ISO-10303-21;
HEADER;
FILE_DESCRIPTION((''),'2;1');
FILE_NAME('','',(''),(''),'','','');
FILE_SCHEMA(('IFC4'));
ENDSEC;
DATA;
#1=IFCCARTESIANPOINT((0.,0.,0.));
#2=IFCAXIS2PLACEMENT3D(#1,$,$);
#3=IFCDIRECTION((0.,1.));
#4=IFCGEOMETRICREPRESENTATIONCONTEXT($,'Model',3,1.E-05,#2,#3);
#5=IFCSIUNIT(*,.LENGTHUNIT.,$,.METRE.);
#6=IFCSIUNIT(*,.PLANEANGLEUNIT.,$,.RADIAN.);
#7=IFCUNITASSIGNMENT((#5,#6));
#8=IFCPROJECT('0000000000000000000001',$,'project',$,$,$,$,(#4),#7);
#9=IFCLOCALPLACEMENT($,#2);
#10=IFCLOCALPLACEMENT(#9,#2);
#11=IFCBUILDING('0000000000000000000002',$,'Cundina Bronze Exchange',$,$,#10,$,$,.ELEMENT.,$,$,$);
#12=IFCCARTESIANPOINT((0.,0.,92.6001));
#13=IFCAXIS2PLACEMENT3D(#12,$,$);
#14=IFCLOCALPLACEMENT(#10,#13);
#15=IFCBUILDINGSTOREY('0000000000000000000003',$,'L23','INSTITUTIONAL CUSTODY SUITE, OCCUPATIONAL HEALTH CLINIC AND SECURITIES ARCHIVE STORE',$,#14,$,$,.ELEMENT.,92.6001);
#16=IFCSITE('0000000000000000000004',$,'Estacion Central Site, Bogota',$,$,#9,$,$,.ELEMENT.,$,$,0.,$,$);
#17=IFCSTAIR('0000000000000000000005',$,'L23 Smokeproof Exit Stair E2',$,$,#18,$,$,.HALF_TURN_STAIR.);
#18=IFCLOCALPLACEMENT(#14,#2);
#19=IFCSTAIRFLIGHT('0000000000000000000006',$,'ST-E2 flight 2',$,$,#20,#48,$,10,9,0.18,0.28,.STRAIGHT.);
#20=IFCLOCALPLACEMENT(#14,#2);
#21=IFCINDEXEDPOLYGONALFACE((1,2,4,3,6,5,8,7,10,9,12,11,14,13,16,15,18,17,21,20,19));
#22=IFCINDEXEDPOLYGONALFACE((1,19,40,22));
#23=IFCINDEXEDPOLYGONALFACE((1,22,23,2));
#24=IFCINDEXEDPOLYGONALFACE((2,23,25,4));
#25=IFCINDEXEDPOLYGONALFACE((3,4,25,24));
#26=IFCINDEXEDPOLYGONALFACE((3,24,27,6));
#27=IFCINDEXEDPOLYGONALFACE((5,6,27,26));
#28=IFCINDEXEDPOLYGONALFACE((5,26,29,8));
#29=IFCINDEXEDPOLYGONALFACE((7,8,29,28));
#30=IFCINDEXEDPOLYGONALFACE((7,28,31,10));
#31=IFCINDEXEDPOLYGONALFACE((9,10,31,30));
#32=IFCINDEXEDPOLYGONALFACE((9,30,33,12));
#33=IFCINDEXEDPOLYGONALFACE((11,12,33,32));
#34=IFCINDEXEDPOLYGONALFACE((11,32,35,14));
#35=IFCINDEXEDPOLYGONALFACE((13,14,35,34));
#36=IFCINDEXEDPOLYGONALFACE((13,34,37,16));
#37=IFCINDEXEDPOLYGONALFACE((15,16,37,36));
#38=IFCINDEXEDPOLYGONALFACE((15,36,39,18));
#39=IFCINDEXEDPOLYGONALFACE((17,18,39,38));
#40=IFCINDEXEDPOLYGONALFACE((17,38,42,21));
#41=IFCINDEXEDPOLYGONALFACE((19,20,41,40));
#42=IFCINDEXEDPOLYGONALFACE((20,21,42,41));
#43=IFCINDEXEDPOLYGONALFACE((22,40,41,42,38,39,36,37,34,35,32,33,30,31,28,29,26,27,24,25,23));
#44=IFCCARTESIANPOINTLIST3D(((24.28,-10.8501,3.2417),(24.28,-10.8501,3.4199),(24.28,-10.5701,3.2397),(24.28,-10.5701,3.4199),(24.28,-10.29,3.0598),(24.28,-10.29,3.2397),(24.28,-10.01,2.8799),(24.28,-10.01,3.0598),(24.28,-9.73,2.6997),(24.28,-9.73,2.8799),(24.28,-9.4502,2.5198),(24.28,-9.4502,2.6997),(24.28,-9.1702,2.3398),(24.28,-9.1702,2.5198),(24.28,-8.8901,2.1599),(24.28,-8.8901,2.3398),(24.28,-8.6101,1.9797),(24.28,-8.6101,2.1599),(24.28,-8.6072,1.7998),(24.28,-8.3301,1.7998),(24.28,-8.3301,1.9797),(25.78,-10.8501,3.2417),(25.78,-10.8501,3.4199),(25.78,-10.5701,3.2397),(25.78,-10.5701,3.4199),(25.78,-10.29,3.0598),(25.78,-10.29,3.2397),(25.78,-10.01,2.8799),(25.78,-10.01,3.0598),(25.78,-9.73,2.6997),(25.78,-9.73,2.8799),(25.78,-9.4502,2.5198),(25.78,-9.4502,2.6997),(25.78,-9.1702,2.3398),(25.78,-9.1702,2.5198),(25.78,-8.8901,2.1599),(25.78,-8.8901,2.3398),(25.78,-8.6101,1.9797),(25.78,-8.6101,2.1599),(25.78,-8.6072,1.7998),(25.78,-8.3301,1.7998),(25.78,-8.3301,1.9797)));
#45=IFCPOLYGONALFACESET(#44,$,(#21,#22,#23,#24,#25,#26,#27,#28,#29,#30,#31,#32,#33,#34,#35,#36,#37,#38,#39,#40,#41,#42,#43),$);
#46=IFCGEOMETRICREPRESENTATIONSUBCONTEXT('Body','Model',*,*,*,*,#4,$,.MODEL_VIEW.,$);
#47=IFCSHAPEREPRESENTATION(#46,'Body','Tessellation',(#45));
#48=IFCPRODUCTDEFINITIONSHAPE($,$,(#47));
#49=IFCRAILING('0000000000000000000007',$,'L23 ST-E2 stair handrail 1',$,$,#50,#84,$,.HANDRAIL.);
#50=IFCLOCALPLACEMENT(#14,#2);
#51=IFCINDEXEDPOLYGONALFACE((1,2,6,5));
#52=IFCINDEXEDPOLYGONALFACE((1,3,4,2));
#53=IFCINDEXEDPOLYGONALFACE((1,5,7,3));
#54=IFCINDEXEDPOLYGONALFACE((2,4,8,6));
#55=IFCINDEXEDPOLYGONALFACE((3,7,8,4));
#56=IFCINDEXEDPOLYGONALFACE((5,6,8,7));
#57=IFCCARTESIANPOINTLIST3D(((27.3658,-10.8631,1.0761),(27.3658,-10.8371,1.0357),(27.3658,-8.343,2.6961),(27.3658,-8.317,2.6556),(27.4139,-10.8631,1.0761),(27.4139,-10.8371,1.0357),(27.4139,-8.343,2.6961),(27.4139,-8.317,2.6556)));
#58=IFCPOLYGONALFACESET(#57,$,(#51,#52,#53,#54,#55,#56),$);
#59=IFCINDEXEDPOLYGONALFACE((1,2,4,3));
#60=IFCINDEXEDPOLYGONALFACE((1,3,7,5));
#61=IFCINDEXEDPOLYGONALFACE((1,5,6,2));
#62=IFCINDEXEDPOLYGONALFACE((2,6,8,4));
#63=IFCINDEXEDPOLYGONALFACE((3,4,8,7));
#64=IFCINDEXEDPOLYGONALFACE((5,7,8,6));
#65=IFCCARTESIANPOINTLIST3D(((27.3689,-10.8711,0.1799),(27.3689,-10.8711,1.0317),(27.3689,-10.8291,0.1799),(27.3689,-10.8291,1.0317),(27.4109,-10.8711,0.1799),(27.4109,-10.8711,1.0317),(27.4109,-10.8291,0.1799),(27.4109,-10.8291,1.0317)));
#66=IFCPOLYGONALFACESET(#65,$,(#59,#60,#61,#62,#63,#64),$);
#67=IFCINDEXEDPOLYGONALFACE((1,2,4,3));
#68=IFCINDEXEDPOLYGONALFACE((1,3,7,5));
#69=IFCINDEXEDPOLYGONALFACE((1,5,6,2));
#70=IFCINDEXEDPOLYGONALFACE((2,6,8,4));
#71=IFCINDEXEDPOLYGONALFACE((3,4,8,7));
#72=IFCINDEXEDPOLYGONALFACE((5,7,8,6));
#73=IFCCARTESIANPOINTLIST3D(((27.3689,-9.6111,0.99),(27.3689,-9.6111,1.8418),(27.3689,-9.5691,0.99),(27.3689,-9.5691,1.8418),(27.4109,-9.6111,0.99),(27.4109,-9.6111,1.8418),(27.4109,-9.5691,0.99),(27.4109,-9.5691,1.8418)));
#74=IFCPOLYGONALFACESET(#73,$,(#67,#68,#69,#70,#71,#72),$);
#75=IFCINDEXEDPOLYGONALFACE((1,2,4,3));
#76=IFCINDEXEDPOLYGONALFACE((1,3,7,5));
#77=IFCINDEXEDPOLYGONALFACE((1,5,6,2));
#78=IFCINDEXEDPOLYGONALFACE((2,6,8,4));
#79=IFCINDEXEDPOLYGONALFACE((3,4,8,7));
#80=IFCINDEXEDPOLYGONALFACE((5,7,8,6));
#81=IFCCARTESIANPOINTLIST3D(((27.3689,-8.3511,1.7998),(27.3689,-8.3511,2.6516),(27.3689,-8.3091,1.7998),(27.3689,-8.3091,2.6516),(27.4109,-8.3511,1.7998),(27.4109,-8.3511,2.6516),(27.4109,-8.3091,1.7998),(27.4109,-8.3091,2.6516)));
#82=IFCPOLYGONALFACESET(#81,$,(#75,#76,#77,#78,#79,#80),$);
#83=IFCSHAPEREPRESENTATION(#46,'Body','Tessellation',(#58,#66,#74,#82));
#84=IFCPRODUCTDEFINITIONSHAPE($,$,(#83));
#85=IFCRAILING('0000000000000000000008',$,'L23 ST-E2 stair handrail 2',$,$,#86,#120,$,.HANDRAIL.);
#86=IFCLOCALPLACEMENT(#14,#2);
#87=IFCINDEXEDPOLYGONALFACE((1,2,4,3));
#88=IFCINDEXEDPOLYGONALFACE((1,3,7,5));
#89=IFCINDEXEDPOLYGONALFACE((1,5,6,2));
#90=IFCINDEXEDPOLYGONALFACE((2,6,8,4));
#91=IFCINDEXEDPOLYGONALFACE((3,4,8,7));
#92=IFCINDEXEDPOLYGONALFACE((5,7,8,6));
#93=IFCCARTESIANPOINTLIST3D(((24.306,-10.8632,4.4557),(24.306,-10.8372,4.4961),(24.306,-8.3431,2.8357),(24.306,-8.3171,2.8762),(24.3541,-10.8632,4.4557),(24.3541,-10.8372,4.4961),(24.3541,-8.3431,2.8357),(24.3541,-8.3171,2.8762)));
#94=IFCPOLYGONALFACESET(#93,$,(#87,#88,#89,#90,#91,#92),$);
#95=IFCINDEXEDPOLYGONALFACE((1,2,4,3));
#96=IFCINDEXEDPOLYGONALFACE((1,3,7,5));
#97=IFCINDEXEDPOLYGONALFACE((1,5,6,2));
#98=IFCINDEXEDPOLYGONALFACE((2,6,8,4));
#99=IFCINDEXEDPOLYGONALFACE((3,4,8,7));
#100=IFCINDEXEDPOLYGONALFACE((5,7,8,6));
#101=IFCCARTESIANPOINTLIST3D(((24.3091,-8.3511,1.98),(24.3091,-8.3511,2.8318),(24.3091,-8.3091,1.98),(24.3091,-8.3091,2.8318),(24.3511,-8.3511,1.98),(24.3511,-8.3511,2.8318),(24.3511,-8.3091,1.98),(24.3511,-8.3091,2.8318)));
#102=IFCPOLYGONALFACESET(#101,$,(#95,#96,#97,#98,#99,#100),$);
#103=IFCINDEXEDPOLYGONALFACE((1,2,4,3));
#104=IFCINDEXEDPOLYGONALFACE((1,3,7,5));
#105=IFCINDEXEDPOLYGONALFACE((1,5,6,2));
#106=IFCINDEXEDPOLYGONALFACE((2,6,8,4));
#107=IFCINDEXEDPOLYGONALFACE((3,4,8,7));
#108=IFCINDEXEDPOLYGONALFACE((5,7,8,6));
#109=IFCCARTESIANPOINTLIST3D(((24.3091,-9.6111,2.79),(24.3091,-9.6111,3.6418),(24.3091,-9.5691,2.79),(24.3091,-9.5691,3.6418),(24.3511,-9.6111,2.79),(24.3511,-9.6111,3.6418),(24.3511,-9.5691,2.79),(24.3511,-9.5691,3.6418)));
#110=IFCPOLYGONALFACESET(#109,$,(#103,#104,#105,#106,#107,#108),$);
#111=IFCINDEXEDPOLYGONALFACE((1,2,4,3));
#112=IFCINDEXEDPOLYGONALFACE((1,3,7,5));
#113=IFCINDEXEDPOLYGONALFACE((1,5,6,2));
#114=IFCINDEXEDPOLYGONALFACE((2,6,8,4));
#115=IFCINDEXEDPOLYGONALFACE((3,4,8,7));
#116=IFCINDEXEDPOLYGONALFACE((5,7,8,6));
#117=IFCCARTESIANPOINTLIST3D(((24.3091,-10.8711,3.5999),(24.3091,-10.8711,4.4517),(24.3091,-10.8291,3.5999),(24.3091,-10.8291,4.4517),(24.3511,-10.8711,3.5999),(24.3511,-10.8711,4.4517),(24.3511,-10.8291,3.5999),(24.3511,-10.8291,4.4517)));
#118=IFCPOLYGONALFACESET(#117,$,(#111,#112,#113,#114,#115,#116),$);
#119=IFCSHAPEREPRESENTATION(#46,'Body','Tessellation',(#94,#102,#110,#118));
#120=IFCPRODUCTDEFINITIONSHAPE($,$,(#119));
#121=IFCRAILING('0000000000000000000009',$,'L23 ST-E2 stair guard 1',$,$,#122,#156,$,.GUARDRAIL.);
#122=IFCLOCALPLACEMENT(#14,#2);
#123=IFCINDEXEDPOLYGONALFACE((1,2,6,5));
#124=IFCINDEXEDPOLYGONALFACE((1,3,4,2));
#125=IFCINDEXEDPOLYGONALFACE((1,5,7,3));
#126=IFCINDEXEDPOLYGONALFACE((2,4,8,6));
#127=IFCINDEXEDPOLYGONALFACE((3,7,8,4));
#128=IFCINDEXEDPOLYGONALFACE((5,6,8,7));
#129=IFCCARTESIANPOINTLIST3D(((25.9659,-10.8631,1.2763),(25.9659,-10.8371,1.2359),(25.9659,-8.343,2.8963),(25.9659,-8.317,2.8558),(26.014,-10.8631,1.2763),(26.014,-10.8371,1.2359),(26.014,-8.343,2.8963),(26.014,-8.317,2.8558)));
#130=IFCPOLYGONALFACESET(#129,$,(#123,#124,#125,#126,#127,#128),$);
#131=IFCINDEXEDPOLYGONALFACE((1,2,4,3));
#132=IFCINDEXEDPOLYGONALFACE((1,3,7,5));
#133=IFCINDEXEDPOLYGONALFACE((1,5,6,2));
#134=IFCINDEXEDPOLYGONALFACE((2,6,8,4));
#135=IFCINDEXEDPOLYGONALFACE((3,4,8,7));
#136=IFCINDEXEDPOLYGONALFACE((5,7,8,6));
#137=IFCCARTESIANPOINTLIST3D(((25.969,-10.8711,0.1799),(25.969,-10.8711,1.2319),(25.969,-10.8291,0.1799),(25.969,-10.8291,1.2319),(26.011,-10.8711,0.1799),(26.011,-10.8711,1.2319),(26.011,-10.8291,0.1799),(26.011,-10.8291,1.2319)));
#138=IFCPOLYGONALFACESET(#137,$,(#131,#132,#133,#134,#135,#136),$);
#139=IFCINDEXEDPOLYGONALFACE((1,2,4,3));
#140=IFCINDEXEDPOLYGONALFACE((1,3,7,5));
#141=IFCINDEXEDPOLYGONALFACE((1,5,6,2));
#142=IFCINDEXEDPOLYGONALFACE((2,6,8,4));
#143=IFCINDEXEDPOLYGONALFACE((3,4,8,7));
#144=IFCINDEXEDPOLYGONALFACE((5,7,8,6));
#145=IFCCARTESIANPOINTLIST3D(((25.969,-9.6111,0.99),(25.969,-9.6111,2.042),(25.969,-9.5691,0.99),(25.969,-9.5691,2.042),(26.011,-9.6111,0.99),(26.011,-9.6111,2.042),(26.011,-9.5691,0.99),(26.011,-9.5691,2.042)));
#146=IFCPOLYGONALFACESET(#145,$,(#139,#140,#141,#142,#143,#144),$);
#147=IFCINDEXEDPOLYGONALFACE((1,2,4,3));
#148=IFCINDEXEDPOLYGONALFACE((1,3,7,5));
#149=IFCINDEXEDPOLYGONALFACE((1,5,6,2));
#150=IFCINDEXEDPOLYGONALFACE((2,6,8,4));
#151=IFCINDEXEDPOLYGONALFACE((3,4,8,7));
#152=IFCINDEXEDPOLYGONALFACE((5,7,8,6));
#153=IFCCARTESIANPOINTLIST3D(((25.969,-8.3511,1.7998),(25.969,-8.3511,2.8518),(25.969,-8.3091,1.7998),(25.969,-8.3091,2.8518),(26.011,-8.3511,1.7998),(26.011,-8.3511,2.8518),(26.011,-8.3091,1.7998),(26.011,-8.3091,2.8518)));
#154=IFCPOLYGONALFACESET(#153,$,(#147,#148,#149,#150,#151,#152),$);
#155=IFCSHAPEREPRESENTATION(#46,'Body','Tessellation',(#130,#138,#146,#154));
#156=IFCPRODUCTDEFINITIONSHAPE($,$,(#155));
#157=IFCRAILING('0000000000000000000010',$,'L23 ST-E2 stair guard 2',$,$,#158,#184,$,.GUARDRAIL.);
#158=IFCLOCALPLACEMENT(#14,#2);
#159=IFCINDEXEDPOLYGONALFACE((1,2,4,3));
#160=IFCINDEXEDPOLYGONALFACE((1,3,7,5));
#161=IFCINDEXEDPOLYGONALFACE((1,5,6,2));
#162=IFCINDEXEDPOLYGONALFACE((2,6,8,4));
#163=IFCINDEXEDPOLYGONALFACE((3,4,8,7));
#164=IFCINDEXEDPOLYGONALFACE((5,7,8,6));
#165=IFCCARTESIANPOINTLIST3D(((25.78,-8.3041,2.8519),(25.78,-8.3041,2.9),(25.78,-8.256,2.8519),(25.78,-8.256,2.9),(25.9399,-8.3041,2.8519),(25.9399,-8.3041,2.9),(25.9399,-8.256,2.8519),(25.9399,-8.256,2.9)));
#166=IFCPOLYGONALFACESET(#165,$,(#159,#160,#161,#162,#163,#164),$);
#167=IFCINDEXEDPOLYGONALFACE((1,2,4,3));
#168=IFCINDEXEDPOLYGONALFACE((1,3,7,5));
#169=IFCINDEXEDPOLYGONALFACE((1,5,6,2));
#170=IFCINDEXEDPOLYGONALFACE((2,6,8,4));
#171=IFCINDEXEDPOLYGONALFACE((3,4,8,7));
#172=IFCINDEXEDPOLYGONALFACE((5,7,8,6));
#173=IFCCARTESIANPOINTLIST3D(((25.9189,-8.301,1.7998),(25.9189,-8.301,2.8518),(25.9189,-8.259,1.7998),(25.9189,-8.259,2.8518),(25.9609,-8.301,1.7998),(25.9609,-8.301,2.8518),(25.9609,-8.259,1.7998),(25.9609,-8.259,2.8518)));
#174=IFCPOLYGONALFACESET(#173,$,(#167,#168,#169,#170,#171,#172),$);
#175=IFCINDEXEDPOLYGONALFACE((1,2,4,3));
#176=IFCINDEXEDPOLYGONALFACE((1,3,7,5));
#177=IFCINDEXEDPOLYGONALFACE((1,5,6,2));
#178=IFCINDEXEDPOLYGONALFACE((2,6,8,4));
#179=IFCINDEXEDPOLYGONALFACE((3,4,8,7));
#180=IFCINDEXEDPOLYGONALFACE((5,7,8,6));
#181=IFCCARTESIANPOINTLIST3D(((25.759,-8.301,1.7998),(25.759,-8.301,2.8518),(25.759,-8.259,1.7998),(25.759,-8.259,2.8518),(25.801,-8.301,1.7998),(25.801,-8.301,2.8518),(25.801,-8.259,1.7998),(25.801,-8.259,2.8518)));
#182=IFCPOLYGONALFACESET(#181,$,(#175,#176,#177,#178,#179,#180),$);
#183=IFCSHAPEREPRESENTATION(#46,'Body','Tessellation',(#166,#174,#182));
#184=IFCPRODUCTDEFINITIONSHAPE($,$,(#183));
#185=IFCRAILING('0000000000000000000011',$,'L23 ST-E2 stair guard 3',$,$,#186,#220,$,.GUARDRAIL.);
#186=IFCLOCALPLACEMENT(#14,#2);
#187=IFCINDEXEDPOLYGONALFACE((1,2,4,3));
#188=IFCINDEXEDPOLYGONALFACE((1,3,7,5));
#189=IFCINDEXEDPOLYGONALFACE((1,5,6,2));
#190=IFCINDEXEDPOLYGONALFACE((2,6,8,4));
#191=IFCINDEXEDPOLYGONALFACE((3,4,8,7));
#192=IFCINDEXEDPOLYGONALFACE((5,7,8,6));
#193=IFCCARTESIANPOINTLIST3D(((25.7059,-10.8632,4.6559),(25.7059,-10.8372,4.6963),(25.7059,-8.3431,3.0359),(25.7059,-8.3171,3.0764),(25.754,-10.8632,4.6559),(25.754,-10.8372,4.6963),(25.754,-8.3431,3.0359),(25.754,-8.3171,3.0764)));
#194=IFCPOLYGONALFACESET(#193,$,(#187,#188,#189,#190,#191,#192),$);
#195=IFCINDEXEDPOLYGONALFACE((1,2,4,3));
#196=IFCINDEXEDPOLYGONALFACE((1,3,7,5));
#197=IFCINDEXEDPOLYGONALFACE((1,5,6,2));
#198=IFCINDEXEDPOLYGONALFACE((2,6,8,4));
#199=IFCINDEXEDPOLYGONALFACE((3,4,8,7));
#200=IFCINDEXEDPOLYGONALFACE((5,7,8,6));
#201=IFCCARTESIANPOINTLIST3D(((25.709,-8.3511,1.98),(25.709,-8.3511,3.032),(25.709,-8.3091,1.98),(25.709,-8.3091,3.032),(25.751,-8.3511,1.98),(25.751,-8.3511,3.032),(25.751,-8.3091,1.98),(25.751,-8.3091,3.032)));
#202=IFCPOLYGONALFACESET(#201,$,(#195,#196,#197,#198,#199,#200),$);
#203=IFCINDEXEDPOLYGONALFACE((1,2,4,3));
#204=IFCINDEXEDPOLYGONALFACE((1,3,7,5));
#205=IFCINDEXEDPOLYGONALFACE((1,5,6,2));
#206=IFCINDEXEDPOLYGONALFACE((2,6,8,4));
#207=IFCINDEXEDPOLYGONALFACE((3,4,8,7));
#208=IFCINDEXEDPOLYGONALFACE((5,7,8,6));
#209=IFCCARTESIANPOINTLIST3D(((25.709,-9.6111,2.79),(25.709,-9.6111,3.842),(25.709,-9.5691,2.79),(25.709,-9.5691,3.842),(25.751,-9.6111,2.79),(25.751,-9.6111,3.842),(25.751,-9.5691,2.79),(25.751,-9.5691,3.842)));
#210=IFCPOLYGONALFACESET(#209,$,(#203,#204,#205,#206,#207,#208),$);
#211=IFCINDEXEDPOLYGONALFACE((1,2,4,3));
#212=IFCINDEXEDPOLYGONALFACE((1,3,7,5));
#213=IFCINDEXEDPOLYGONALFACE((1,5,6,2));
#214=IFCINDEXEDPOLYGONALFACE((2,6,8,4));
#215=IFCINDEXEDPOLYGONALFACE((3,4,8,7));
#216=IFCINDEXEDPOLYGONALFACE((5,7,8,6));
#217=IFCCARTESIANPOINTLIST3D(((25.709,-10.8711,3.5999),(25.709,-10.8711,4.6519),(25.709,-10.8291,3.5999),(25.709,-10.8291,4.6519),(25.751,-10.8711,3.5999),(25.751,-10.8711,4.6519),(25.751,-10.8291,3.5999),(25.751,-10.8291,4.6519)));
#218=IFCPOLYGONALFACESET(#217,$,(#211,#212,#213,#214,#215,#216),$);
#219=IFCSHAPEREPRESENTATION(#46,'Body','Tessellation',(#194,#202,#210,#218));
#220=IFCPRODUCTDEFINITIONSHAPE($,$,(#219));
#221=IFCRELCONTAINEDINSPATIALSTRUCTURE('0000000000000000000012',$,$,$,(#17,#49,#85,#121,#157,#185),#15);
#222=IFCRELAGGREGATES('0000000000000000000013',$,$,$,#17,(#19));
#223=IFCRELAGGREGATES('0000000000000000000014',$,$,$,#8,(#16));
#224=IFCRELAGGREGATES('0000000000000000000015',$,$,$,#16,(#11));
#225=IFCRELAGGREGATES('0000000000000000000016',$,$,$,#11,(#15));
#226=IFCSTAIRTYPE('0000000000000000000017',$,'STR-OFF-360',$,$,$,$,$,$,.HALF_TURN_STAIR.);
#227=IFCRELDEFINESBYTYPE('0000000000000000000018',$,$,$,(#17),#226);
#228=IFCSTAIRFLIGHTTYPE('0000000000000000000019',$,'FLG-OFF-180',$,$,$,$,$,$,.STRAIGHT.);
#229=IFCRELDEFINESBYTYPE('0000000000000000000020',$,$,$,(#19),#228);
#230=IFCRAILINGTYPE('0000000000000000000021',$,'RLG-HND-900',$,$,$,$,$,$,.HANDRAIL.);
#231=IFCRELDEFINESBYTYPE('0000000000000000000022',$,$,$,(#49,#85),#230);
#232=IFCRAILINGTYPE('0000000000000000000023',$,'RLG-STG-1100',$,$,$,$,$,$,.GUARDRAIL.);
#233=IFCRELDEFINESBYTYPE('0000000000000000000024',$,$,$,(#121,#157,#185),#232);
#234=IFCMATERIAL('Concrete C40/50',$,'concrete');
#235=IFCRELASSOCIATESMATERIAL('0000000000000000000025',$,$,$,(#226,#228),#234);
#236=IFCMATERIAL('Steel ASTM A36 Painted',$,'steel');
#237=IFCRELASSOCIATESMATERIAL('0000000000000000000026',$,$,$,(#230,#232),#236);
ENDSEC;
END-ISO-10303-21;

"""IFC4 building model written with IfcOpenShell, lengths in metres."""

from ifc_helpers import new_model, si_unit, direction, frame, origin, origin_2d, place, context, subcontext, project, spatial, polyline, rectangle, outline, extrude, material, type_object, element, aggregate, save


model = new_model("IFC4")

# Units and contexts
model_context = context("Model", 3, precision=1e-05, world=origin(), true_north=direction((0.0, 1.0)))
body_context = subcontext(model_context, "Body", "Model", "MODEL_VIEW")
ifc_project = project(units=[si_unit("LENGTHUNIT", "METRE"), si_unit("PLANEANGLEUNIT", "RADIAN")], contexts=[model_context])

# Site, building, storey
site_placement = place(None, origin())
site = spatial("IfcSite", under=ifc_project, at=site_placement, Name="Estacion Central Site, Bogota", CompositionType="ELEMENT", RefElevation=0.0)
building_placement = place(site_placement, origin())
building = spatial("IfcBuilding", under=site, at=building_placement, Name="Cundina Bronze Exchange", CompositionType="ELEMENT")
storey_placement = place(building_placement, frame((0.0, 0.0, 92.6001)))
storey = spatial("IfcBuildingStorey", under=building, at=storey_placement, Name="L23", Description="INSTITUTIONAL CUSTODY SUITE, OCCUPATIONAL HEALTH CLINIC AND SECURITIES ARCHIVE STORE", CompositionType="ELEMENT", Elevation=92.6001)

# Shared definitions
ifc_material_1 = material(Name="Steel ASTM A36 Painted", Category="steel")

# Stair, stair flight
ifc_material_2 = material(Name="Concrete C40/50", Category="concrete")
stair_type = type_object("IfcStairType", Name="STR-OFF-360", PredefinedType="HALF_TURN_STAIR", material=ifc_material_2)
stair_placement = place(storey_placement, origin())
stair = element("IfcStair", 1, at=stair_placement, inside=storey, type_object=stair_type, Name="L23 Smokeproof Exit Stair E2", PredefinedType="HALF_TURN_STAIR")
stair_flight_type = type_object("IfcStairFlightType", Name="FLG-OFF-180", PredefinedType="STRAIGHT", material=ifc_material_2)
stair_flight_1_placement = place(storey_placement, frame((25.03, -8.3301, 1.7998), z_axis=(0.0, 0.0, 1.0), x_axis=(0.0, -1.0, 0.0)))
stair_flight_1 = element("IfcStairFlight", 2, at=stair_flight_1_placement, type_object=stair_flight_type, Name="ST-E2 flight 2", NumberOfRisers=10, NumberOfTreads=9, PredefinedType="STRAIGHT", RiserHeight=0.18, TreadLength=0.28, context=body_context, shape_type="SweptSolid", body=[
    extrude(outline(polyline([(0.0, 0.0), (0.0, 0.1799), (0.28, 0.1799), (0.28, 0.3601), (0.5601, 0.3601), (0.5601, 0.54), (0.8401, 0.54), (0.8401, 0.72), (1.1201, 0.72), (1.1201, 0.8999), (1.3999, 0.8999), (1.3999, 1.0801), (1.6799, 1.0801), (1.6799, 1.26), (1.96, 1.26), (1.96, 1.4399), (2.24, 1.4399), (2.24, 1.6201), (2.52, 1.6201), (2.52, 1.8), (2.52, 1.4419), (0.2771, 0.0), (0.0, 0.0)])), frame((0.0, 0.75, 0.0), z_axis=(0.0, -1.0, 0.0), x_axis=(1.0, 0.0, 0.0)), (0.0, 0.0, 1.0), 1.5),
])
aggregate(stair, [stair_flight_1])

# Railings
railing_type_1 = type_object("IfcRailingType", Name="RLG-HND-900", PredefinedType="HANDRAIL", material=ifc_material_1)
railing_1_placement = place(storey_placement, frame((27.3899, -10.8501, 0.1799)))
element("IfcRailing", 3, at=railing_1_placement, inside=storey, type_object=railing_type_1, Name="L23 ST-E2 stair handrail 1", PredefinedType="HANDRAIL", context=body_context, shape_type="SweptSolid", body=[
    extrude(rectangle(XDim=0.0481, YDim=0.0481, at=origin_2d()), frame((0.0, 0.0, 0.876), z_axis=(0.0, 0.8412, 0.540725), x_axis=(-1.0, 0.0, 0.0)), (0.0, 0.0, 1.0), 2.9958),
    extrude(rectangle(XDim=0.042, YDim=0.042, at=origin_2d()), origin(), (0.0, 0.0, 1.0), 0.8518),
    extrude(rectangle(XDim=0.042, YDim=0.042, at=origin_2d()), frame((0.0, 1.26, 0.8101)), (0.0, 0.0, 1.0), 0.8518),
    extrude(rectangle(XDim=0.042, YDim=0.042, at=origin_2d()), frame((0.0, 2.52, 1.6199)), (0.0, 0.0, 1.0), 0.8518),
])
railing_2_placement = place(storey_placement, frame((24.3301, -8.3301, 1.98)))
element("IfcRailing", 4, at=railing_2_placement, inside=storey, type_object=railing_type_1, Name="L23 ST-E2 stair handrail 2", PredefinedType="HANDRAIL", context=body_context, shape_type="SweptSolid", body=[
    extrude(rectangle(XDim=0.0481, YDim=0.0481, at=origin_2d()), frame((0.0, 0.0, 0.876), z_axis=(0.0, -0.8412, 0.540725), x_axis=(1.0, 0.0, 0.0)), (0.0, 0.0, 1.0), 2.9958),
    extrude(rectangle(XDim=0.042, YDim=0.042, at=origin_2d()), origin(), (0.0, 0.0, 1.0), 0.8518),
    extrude(rectangle(XDim=0.042, YDim=0.042, at=origin_2d()), frame((0.0, -1.26, 0.8101)), (0.0, 0.0, 1.0), 0.8518),
    extrude(rectangle(XDim=0.042, YDim=0.042, at=origin_2d()), frame((0.0, -2.52, 1.6199)), (0.0, 0.0, 1.0), 0.8518),
])
railing_type_2 = type_object("IfcRailingType", Name="RLG-STG-1100", PredefinedType="GUARDRAIL", material=ifc_material_1)
railing_3_placement = place(storey_placement, frame((25.99, -10.8501, 0.1799)))
element("IfcRailing", 5, at=railing_3_placement, inside=storey, type_object=railing_type_2, Name="L23 ST-E2 stair guard 1", PredefinedType="GUARDRAIL", context=body_context, shape_type="SweptSolid", body=[
    extrude(rectangle(XDim=0.0481, YDim=0.0481, at=origin_2d()), frame((0.0, 0.0, 1.0762), z_axis=(0.0, 0.8412, 0.540725), x_axis=(-1.0, 0.0, 0.0)), (0.0, 0.0, 1.0), 2.9958),
    extrude(rectangle(XDim=0.042, YDim=0.042, at=origin_2d()), origin(), (0.0, 0.0, 1.0), 1.052),
    extrude(rectangle(XDim=0.042, YDim=0.042, at=origin_2d()), frame((0.0, 1.26, 0.8101)), (0.0, 0.0, 1.0), 1.052),
    extrude(rectangle(XDim=0.042, YDim=0.042, at=origin_2d()), frame((0.0, 2.52, 1.6199)), (0.0, 0.0, 1.0), 1.052),
])
railing_4_placement = place(storey_placement, frame((25.9399, -8.28, 1.7998)))
element("IfcRailing", 6, at=railing_4_placement, inside=storey, type_object=railing_type_2, Name="L23 ST-E2 stair guard 2", PredefinedType="GUARDRAIL", context=body_context, shape_type="SweptSolid", body=[
    extrude(rectangle(XDim=0.0481, YDim=0.0481, at=origin_2d()), frame((0.0, 0.0, 1.0762), z_axis=(-1.0, 0.0, 0.0), x_axis=(0.0, -1.0, 0.0)), (0.0, 0.0, 1.0), 0.1599),
    extrude(rectangle(XDim=0.042, YDim=0.042, at=origin_2d()), origin(), (0.0, 0.0, 1.0), 1.052),
    extrude(rectangle(XDim=0.042, YDim=0.042, at=origin_2d()), frame((-0.1599, 0.0, 0.0)), (0.0, 0.0, 1.0), 1.052),
])
railing_5_placement = place(storey_placement, frame((25.73, -8.3301, 1.98)))
element("IfcRailing", 7, at=railing_5_placement, inside=storey, type_object=railing_type_2, Name="L23 ST-E2 stair guard 3", PredefinedType="GUARDRAIL", context=body_context, shape_type="SweptSolid", body=[
    extrude(rectangle(XDim=0.0481, YDim=0.0481, at=origin_2d()), frame((0.0, 0.0, 1.0762), z_axis=(0.0, -0.8412, 0.540725), x_axis=(1.0, 0.0, 0.0)), (0.0, 0.0, 1.0), 2.9958),
    extrude(rectangle(XDim=0.042, YDim=0.042, at=origin_2d()), origin(), (0.0, 0.0, 1.0), 1.052),
    extrude(rectangle(XDim=0.042, YDim=0.042, at=origin_2d()), frame((0.0, -1.26, 0.8101)), (0.0, 0.0, 1.0), 1.052),
    extrude(rectangle(XDim=0.042, YDim=0.042, at=origin_2d()), frame((0.0, -2.52, 1.6199)), (0.0, 0.0, 1.0), 1.052),
])

save(model, "model.ifc")
